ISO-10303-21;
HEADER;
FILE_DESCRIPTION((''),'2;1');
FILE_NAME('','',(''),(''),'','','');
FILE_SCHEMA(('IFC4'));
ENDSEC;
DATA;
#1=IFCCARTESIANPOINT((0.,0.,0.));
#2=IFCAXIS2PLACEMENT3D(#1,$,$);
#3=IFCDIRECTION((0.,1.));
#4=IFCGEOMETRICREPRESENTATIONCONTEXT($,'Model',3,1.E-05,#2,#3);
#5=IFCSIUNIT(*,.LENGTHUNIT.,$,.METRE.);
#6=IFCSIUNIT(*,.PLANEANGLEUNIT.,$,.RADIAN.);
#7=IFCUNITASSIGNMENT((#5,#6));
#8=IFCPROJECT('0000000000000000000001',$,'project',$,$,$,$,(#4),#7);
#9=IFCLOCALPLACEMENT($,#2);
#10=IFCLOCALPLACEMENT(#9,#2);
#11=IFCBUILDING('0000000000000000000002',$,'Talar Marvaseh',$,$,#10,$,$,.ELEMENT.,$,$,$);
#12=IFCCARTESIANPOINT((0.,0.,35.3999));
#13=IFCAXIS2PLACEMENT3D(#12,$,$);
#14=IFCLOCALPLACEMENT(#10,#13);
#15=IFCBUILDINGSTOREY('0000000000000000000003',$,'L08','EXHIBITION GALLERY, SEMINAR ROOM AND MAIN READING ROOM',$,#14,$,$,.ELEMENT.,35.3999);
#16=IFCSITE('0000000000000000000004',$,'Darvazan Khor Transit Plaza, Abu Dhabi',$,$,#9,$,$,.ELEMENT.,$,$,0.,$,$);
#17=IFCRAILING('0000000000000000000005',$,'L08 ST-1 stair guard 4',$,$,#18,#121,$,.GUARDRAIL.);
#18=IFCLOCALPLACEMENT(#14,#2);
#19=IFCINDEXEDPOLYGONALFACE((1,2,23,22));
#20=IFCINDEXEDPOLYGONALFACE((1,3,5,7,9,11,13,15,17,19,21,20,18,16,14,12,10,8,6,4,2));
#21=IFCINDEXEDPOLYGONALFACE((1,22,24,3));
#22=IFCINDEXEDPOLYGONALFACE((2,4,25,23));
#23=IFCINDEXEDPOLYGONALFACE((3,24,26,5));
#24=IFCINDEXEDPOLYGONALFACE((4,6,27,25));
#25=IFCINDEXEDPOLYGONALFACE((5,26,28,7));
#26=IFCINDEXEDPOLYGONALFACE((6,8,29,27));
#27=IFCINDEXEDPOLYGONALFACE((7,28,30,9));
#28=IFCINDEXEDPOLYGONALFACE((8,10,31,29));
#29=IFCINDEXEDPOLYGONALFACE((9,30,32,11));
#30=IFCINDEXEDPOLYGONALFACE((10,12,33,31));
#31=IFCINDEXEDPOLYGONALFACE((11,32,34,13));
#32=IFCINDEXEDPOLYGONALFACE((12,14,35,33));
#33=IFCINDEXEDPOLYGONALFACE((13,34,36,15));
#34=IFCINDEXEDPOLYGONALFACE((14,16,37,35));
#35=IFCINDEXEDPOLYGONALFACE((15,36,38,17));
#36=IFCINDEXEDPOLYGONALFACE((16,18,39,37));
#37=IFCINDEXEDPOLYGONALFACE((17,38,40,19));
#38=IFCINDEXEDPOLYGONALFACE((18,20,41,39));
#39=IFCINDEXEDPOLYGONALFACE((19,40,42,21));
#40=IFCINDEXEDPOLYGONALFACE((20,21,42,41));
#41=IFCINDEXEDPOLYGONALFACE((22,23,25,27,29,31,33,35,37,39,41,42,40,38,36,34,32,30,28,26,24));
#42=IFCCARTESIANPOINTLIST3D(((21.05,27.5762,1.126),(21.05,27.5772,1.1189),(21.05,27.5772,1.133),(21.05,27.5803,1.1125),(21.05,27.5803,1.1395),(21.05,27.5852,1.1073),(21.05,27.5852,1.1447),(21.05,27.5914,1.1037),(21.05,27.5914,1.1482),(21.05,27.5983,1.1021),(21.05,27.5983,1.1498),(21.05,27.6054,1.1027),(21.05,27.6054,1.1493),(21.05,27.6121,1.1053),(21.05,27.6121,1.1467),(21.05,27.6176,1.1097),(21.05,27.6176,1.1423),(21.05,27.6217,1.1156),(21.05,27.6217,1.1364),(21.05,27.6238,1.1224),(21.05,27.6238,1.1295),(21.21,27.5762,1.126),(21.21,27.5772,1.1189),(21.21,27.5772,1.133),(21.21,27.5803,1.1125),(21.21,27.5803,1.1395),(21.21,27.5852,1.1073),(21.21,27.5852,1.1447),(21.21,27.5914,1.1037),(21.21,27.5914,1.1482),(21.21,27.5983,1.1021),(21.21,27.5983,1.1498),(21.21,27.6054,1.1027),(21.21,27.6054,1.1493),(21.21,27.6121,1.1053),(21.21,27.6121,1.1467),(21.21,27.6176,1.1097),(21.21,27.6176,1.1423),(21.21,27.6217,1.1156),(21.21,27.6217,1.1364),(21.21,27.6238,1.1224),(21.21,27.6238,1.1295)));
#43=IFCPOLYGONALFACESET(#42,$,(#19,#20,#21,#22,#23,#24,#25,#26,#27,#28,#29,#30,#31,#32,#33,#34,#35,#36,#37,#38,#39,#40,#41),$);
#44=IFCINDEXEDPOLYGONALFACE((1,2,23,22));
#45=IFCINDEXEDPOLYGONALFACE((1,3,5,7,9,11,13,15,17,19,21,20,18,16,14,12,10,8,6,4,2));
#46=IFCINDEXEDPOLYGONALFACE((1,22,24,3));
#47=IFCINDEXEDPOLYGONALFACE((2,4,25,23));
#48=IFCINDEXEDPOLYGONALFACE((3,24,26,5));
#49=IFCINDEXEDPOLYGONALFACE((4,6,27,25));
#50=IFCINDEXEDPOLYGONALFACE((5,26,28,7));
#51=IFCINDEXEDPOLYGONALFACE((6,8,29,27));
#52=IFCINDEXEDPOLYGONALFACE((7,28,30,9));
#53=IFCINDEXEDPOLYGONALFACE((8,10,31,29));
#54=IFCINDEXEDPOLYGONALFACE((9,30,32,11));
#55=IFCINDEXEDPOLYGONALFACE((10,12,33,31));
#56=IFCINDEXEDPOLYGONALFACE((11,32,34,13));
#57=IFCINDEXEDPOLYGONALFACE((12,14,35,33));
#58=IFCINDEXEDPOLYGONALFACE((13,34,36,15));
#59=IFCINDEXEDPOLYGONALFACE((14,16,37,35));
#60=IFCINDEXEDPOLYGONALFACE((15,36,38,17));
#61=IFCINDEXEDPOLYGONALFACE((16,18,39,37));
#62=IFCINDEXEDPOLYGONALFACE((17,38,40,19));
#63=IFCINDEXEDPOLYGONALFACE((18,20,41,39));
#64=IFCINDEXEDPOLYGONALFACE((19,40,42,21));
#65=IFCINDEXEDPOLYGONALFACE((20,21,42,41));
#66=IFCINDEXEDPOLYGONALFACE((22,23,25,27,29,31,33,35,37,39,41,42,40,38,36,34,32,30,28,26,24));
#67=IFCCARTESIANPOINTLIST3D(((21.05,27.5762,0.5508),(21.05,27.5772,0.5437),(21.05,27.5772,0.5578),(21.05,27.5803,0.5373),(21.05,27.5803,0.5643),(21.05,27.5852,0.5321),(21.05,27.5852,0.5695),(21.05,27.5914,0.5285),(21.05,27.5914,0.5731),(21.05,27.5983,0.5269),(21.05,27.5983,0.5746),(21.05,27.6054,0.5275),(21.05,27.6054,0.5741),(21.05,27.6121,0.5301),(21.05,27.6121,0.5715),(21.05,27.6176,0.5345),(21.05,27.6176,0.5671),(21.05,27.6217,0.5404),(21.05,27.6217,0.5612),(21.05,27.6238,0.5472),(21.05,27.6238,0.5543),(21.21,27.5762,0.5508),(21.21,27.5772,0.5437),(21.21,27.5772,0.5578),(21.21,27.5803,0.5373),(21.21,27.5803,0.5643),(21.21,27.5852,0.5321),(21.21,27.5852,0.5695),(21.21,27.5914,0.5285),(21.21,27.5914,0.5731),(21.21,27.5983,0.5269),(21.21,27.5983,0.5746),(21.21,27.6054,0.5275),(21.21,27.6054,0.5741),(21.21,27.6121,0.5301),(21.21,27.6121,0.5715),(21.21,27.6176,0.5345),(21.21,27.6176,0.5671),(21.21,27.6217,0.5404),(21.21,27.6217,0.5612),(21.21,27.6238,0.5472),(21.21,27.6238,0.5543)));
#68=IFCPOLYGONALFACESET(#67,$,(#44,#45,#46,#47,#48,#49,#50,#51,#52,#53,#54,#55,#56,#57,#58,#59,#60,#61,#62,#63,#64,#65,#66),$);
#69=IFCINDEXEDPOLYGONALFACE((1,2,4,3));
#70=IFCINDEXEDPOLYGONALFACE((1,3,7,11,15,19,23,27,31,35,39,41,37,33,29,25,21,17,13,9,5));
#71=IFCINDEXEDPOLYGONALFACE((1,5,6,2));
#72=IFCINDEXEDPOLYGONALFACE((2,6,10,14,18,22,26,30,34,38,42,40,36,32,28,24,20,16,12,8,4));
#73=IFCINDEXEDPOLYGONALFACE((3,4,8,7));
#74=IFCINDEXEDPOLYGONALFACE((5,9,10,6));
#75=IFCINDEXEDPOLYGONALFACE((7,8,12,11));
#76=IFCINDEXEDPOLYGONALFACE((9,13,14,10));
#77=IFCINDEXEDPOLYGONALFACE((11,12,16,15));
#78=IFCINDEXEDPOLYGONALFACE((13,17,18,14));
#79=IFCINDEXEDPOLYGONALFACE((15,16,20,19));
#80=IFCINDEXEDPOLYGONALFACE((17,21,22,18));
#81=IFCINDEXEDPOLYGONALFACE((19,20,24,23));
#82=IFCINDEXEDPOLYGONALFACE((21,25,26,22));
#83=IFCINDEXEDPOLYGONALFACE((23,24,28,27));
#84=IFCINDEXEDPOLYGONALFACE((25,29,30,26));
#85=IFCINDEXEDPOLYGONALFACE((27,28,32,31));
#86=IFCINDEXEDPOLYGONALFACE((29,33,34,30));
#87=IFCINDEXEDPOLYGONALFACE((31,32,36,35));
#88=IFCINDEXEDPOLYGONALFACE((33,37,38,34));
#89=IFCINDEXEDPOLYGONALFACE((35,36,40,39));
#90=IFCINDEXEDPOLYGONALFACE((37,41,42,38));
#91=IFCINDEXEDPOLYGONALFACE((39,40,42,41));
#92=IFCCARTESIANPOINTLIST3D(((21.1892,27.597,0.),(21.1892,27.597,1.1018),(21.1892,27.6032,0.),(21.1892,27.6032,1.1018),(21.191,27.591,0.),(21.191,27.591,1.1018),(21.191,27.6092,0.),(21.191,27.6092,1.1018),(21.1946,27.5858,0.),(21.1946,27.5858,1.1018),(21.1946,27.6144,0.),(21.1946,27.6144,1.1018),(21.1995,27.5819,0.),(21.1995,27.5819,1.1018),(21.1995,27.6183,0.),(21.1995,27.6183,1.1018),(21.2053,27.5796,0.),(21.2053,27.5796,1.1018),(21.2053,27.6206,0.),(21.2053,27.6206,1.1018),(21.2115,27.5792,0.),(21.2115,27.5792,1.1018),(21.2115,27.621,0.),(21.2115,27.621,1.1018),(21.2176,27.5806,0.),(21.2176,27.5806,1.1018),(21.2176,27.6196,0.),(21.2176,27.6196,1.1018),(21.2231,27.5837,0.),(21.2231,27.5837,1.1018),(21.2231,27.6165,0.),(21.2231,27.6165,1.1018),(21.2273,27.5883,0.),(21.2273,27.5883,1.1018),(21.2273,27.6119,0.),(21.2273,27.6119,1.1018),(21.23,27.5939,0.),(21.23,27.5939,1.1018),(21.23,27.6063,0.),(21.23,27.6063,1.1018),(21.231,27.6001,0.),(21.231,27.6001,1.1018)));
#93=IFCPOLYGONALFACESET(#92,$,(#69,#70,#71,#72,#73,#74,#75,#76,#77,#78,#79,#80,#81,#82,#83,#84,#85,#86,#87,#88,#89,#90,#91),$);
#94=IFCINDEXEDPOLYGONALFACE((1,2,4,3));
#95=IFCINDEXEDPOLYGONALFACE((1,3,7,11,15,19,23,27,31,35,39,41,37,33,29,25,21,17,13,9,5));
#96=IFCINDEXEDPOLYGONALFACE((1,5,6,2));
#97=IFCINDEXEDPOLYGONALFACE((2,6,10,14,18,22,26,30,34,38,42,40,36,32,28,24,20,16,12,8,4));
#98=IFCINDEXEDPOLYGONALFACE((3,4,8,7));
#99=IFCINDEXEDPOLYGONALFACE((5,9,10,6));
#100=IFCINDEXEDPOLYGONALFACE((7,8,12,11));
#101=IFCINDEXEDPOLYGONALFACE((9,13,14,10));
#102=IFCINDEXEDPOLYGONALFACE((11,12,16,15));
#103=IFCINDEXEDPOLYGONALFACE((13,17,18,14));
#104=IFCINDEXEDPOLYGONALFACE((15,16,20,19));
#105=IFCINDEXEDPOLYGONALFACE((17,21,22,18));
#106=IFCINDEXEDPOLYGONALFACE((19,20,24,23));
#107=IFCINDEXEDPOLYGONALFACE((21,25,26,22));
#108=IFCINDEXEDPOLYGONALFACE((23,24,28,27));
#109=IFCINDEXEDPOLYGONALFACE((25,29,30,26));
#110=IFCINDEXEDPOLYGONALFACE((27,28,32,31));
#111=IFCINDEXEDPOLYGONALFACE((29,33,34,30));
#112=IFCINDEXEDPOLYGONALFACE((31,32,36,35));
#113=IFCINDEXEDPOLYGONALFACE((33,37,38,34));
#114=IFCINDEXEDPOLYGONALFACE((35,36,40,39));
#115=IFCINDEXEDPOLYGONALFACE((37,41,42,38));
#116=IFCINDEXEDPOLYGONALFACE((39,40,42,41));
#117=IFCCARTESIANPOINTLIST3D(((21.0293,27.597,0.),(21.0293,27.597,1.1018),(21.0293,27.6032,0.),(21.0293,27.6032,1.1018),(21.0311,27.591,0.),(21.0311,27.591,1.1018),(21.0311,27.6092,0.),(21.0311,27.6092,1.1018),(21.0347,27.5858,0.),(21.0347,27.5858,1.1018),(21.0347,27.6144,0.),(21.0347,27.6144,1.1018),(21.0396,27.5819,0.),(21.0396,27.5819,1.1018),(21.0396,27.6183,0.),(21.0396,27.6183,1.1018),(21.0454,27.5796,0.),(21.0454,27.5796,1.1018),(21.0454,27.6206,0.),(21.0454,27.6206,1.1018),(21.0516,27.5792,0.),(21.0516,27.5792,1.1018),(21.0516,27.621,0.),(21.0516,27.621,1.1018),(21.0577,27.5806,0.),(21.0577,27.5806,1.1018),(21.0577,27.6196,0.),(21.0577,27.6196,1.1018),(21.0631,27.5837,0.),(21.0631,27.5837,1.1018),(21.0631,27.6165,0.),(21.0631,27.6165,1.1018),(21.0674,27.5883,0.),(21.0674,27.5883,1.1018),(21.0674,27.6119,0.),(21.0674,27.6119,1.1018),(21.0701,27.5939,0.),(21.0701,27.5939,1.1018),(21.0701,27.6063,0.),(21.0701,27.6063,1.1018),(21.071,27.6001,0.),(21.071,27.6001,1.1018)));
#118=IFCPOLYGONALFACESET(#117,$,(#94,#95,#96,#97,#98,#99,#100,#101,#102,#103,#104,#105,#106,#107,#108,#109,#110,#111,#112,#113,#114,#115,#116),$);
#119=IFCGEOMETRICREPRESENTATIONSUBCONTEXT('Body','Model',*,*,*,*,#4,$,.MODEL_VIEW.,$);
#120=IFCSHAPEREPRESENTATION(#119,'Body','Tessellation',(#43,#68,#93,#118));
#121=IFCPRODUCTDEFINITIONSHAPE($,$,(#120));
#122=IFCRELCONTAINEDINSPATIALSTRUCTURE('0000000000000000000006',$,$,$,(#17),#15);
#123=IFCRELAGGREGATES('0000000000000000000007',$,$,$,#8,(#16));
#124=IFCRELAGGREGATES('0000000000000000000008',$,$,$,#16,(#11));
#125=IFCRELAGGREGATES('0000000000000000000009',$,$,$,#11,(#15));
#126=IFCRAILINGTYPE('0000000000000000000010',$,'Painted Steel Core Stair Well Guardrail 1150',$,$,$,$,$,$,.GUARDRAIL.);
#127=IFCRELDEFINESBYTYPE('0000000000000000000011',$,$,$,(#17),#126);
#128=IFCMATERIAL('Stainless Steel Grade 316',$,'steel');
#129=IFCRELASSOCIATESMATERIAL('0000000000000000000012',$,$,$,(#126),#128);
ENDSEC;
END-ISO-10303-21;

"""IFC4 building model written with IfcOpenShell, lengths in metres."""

from ifc_helpers import new_model, si_unit, direction, frame, origin, origin_2d, place, context, subcontext, project, spatial, circle, extrude, material, type_object, element, save


model = new_model("IFC4")

# Units and contexts
model_context = context("Model", 3, precision=1e-05, world=origin(), true_north=direction((0.0, 1.0)))
body_context = subcontext(model_context, "Body", "Model", "MODEL_VIEW")
ifc_project = project(units=[si_unit("LENGTHUNIT", "METRE"), si_unit("PLANEANGLEUNIT", "RADIAN")], contexts=[model_context])

# Site, building, storey
site_placement = place(None, origin())
site = spatial("IfcSite", under=ifc_project, at=site_placement, Name="Darvazan Khor Transit Plaza, Abu Dhabi", CompositionType="ELEMENT", RefElevation=0.0)
building_placement = place(site_placement, origin())
building = spatial("IfcBuilding", under=site, at=building_placement, Name="Talar Marvaseh", CompositionType="ELEMENT")
storey_placement = place(building_placement, frame((0.0, 0.0, 35.3999)))
storey = spatial("IfcBuildingStorey", under=building, at=storey_placement, Name="L08", Description="EXHIBITION GALLERY, SEMINAR ROOM AND MAIN READING ROOM", CompositionType="ELEMENT", Elevation=35.3999)

# Railing
ifc_material_1 = material(Name="Stainless Steel Grade 316", Category="steel")
railing_type_1 = type_object("IfcRailingType", Name="Painted Steel Core Stair Well Guardrail 1150", PredefinedType="GUARDRAIL", material=ifc_material_1)
railing_1_placement = place(storey_placement, frame((21.21, 27.6001, 0.0)))
element("IfcRailing", 1, at=railing_1_placement, inside=storey, type_object=railing_type_1, Name="L08 ST-1 stair guard 4", PredefinedType="GUARDRAIL", context=body_context, shape_type="SweptSolid", body=[
    extrude(circle(Radius=0.0239, at=origin_2d()), frame((0.0, 0.0, 1.126), z_axis=(-1.0, 0.0, 0.0), x_axis=(0.0, -1.0, 0.0)), (0.0, 0.0, 1.0), 0.1599),
    extrude(circle(Radius=0.0239, at=origin_2d()), frame((0.0, 0.0, 0.5508), z_axis=(-1.0, 0.0, 0.0), x_axis=(0.0, -1.0, 0.0)), (0.0, 0.0, 1.0), 0.1599),
    extrude(circle(Radius=0.021, at=origin_2d()), origin(), (0.0, 0.0, 1.0), 1.1018),
    extrude(circle(Radius=0.021, at=origin_2d()), frame((-0.1599, 0.0, 0.0)), (0.0, 0.0, 1.0), 1.1018),
])

save(model, "model.ifc")
